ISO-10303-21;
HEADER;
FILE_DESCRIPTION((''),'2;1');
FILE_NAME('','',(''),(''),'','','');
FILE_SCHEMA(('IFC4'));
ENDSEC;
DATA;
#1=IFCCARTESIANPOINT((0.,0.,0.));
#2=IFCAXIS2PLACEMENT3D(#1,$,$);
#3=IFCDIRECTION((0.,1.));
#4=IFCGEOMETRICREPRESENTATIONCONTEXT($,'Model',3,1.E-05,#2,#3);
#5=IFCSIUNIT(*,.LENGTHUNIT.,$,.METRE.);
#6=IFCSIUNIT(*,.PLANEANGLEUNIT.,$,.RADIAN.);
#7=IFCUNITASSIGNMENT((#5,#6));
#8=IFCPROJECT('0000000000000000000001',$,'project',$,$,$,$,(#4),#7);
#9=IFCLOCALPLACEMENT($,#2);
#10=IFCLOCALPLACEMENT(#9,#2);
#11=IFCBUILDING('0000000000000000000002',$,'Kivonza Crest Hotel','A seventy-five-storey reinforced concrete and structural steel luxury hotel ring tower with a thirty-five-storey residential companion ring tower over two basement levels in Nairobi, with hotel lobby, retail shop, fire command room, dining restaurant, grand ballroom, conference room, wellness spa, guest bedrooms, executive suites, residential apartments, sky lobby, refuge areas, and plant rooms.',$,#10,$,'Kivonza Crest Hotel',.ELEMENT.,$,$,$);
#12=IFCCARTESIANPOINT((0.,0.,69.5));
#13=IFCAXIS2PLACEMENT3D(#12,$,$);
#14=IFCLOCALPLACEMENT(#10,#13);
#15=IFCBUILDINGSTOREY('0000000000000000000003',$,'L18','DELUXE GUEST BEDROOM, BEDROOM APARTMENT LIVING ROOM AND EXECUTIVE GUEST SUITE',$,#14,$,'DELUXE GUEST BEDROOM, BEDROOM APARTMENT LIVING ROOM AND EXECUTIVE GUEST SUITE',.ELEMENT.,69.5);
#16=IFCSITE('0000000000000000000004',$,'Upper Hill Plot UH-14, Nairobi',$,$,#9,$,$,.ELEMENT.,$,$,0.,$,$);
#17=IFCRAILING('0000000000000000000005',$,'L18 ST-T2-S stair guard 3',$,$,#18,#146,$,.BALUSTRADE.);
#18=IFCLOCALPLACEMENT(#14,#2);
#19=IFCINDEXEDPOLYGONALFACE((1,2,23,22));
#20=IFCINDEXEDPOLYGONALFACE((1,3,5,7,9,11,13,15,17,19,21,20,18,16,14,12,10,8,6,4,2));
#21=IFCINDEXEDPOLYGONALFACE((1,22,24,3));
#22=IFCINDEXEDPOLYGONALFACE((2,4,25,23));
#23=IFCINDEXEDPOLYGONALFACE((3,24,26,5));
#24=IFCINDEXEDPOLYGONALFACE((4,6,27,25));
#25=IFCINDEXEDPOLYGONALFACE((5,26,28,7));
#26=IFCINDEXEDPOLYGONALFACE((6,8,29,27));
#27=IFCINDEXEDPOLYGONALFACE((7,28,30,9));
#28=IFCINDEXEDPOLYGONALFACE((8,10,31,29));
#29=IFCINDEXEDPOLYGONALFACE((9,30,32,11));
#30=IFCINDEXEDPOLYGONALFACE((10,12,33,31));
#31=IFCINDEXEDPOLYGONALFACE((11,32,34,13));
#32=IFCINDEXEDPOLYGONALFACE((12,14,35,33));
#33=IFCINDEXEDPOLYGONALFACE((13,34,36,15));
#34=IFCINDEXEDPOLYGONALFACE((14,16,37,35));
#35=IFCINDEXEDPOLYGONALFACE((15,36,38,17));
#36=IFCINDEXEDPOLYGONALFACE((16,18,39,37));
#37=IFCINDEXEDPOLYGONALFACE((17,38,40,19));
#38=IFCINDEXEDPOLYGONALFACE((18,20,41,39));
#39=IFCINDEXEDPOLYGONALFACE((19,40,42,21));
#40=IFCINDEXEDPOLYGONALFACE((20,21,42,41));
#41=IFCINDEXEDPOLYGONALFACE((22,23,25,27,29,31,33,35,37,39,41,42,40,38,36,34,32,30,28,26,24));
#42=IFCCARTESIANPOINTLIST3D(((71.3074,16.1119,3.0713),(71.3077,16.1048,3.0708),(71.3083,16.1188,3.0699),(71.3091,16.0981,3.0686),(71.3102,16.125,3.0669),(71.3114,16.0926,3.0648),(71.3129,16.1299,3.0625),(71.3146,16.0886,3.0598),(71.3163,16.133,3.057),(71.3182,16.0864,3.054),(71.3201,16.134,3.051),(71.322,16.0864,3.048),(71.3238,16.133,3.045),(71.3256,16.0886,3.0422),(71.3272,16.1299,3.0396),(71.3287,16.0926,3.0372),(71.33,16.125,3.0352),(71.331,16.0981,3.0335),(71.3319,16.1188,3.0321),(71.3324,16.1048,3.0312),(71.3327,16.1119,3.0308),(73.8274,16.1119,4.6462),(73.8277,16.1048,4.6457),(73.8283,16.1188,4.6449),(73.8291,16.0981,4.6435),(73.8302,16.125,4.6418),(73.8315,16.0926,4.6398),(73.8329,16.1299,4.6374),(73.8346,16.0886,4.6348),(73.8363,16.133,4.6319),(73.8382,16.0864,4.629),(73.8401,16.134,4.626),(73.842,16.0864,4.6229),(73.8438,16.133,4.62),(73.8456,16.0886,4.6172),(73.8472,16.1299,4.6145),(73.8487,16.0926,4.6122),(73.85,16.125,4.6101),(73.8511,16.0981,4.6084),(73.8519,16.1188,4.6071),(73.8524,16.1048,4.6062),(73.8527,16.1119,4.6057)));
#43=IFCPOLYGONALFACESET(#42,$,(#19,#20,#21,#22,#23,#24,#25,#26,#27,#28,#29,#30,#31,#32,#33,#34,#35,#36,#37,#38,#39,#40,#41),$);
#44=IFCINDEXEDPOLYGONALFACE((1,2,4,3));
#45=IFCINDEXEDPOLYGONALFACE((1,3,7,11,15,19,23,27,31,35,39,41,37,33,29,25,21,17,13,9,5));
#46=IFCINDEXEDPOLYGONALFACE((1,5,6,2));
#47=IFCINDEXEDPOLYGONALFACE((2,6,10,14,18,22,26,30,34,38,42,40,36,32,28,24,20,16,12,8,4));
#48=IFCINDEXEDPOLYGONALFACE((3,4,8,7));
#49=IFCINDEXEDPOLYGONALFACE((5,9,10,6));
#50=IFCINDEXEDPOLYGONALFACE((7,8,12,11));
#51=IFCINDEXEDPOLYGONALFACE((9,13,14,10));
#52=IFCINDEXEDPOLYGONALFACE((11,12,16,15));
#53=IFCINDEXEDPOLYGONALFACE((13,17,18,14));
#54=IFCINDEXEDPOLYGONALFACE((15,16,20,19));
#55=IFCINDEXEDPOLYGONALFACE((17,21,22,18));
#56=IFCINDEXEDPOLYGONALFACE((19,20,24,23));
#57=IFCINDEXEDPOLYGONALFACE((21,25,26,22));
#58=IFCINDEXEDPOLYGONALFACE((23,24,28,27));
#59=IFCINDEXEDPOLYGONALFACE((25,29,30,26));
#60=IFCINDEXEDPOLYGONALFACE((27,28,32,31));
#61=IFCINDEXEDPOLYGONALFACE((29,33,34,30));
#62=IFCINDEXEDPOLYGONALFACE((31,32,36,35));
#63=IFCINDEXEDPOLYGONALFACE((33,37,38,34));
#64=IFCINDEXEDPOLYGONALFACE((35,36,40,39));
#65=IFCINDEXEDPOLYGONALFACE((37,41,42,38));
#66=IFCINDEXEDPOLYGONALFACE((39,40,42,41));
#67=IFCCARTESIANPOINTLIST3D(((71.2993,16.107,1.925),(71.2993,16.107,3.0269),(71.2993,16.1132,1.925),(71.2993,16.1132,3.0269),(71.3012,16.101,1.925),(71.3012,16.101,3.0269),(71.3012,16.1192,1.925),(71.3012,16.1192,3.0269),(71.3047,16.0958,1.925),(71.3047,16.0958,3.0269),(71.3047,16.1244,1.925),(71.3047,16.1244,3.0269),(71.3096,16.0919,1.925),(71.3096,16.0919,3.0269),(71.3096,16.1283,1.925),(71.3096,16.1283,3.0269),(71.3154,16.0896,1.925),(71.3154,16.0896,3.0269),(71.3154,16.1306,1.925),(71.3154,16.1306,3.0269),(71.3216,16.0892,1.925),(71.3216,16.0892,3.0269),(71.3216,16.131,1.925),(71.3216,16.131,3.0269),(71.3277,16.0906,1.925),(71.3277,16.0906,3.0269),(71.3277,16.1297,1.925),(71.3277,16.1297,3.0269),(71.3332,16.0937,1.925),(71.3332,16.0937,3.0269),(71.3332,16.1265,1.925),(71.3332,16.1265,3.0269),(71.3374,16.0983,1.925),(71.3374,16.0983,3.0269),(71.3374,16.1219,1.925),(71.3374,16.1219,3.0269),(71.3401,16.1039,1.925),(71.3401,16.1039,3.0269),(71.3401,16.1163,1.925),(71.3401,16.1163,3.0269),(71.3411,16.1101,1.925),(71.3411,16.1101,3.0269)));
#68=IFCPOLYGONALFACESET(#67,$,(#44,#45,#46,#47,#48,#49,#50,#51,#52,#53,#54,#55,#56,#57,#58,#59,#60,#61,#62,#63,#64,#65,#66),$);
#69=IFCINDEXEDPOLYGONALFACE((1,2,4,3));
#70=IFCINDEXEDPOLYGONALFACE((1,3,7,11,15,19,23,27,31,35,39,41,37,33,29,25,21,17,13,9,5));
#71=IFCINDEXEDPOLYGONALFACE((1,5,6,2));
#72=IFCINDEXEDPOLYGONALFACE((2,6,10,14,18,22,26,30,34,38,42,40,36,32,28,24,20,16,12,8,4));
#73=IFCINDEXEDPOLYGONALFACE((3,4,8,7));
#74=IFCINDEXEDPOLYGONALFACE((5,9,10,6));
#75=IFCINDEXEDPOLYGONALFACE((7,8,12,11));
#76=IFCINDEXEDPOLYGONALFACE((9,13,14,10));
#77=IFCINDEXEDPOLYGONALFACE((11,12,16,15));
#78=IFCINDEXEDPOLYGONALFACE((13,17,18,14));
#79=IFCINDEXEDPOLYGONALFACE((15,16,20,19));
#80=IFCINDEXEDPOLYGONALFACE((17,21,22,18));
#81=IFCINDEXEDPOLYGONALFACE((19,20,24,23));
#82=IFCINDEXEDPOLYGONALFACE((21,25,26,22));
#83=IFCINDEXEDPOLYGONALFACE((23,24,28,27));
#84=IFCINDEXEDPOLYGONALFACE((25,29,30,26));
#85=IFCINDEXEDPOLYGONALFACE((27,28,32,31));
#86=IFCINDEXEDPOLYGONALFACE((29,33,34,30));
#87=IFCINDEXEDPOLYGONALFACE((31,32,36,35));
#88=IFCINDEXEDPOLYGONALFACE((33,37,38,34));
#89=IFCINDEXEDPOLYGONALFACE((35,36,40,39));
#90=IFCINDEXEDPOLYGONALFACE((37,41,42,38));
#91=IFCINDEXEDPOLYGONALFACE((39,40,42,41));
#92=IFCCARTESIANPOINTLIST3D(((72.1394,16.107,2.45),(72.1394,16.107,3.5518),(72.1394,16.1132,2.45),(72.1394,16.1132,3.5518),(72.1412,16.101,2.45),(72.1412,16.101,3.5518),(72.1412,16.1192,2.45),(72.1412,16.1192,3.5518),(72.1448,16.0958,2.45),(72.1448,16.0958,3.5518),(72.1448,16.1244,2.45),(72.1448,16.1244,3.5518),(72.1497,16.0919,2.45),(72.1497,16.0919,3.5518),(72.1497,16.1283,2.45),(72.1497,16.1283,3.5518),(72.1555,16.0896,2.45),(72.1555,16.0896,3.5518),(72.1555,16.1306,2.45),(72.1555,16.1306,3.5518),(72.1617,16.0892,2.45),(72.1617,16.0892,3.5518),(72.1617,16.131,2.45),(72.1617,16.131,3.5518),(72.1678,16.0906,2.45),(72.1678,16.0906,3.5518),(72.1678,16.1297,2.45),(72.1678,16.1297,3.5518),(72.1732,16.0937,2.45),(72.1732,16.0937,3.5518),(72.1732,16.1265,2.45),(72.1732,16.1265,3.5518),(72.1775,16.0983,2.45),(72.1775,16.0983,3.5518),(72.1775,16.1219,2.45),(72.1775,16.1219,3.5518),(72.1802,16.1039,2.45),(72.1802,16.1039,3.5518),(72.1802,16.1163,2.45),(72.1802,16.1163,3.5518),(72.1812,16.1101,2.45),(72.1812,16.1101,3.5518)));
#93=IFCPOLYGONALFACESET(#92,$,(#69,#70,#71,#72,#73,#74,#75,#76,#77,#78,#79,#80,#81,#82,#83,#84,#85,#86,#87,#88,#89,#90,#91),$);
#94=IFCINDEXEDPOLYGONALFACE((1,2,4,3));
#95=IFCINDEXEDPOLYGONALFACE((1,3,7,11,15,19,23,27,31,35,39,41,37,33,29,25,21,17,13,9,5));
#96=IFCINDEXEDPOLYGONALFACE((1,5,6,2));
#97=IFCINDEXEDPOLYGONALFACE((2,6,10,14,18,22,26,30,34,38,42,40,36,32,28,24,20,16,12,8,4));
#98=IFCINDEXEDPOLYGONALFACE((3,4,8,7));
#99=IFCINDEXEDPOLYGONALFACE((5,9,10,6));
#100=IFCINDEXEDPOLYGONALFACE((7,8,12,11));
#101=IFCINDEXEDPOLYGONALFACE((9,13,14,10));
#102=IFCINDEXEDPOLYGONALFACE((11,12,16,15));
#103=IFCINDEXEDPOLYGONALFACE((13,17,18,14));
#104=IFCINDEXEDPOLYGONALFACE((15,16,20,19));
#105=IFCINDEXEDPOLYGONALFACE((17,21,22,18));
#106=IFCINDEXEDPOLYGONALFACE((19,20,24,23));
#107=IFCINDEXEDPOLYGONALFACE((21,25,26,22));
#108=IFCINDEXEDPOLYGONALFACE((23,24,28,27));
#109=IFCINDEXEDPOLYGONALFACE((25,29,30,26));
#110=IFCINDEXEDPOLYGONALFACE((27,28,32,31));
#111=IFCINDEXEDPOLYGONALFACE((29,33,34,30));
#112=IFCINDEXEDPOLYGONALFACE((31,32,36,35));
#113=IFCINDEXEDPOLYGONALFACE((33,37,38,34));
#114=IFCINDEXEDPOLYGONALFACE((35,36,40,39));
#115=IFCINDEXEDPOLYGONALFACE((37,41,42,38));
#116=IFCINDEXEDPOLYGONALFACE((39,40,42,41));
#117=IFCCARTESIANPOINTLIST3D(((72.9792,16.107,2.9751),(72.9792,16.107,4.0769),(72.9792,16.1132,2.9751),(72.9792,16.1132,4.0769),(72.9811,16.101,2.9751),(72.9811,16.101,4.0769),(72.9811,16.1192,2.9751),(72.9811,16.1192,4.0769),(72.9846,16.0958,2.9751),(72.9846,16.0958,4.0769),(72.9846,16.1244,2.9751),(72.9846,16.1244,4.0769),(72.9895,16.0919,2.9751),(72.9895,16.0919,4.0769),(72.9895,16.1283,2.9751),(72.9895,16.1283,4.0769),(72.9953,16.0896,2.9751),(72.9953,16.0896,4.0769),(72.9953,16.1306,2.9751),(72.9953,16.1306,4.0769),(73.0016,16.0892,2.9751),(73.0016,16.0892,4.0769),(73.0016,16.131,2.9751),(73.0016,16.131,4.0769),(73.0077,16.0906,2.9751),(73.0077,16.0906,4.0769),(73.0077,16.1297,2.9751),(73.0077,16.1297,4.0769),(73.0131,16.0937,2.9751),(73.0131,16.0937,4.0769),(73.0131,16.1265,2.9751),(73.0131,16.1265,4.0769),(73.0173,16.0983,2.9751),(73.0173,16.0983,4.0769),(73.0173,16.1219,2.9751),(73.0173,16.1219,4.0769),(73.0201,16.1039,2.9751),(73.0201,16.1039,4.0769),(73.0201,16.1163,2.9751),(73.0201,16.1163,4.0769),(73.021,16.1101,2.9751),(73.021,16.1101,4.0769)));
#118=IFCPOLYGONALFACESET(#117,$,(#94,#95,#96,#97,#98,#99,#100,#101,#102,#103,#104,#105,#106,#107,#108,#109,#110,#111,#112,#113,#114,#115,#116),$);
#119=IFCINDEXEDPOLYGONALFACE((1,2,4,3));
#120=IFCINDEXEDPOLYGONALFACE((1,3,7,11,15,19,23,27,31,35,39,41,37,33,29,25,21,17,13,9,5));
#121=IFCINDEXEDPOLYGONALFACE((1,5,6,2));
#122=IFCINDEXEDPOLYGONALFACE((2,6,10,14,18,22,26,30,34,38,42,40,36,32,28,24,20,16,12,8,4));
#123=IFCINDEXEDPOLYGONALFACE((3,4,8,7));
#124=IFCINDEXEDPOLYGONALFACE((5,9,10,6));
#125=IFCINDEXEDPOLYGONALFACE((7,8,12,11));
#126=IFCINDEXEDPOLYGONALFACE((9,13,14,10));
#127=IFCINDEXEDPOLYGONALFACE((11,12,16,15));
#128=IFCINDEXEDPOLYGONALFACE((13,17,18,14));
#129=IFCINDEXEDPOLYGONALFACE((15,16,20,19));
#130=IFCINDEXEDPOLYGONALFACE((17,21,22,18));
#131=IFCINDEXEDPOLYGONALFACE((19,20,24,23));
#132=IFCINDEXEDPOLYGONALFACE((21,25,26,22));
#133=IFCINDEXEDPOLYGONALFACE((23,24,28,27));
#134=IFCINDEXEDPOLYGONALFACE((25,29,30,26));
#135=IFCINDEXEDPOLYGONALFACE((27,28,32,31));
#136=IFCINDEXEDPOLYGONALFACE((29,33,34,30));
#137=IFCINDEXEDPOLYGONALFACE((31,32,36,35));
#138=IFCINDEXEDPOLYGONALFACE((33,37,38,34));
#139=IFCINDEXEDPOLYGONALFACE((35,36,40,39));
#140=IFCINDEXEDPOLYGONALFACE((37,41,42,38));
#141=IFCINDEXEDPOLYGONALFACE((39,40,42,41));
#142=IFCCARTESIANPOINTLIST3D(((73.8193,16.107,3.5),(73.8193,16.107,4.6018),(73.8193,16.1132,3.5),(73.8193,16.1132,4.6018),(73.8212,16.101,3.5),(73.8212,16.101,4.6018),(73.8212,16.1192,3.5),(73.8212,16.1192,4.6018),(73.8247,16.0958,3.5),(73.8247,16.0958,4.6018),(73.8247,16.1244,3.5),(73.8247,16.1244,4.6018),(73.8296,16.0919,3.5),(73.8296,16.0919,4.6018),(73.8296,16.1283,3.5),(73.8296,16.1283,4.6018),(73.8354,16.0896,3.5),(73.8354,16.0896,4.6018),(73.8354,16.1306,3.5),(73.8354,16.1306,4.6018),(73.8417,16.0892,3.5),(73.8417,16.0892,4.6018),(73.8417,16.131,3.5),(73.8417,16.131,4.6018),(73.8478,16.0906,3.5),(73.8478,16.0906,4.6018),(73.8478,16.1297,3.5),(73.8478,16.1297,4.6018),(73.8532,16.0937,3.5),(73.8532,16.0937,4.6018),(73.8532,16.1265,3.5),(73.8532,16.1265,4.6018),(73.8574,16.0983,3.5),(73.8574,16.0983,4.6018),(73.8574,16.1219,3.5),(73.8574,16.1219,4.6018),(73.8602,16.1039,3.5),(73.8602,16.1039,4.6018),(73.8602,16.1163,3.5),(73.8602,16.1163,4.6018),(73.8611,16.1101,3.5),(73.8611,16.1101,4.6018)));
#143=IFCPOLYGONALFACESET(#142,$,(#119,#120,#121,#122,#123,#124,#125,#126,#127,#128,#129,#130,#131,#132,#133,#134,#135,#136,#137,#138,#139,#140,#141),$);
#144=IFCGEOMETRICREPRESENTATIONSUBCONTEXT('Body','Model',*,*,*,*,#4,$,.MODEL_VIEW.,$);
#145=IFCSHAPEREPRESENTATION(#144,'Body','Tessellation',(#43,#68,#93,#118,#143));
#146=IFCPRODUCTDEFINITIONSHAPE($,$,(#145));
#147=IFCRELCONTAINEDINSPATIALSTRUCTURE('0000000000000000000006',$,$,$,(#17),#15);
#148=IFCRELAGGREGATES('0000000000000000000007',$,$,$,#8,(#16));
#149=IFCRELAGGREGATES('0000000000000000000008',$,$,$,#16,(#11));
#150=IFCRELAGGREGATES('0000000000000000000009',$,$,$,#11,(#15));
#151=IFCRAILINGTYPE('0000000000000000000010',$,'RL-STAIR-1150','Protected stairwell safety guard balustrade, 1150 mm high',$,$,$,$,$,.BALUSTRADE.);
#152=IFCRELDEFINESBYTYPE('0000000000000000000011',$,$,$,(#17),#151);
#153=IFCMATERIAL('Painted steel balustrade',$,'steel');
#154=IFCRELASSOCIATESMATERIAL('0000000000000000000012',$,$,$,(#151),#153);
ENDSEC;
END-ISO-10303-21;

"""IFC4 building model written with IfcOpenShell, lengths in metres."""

from ifc_helpers import new_model, si_unit, direction, frame, origin, origin_2d, place, context, subcontext, project, spatial, circle, extrude, material, type_object, element, save


model = new_model("IFC4")

# Units and contexts
model_context = context("Model", 3, precision=1e-05, world=origin(), true_north=direction((0.0, 1.0)))
body_context = subcontext(model_context, "Body", "Model", "MODEL_VIEW")
ifc_project = project(units=[si_unit("LENGTHUNIT", "METRE"), si_unit("PLANEANGLEUNIT", "RADIAN")], contexts=[model_context])

# Site, building, storey
site_placement = place(None, origin())
site = spatial("IfcSite", under=ifc_project, at=site_placement, Name="Upper Hill Plot UH-14, Nairobi", CompositionType="ELEMENT", RefElevation=0.0)
building_placement = place(site_placement, origin())
building = spatial("IfcBuilding", under=site, at=building_placement, Name="Kivonza Crest Hotel", Description="A seventy-five-storey reinforced concrete and structural steel luxury hotel ring tower with a thirty-five-storey residential companion ring tower over two basement levels in Nairobi, with hotel lobby, retail shop, fire command room, dining restaurant, grand ballroom, conference room, wellness spa, guest bedrooms, executive suites, residential apartments, sky lobby, refuge areas, and plant rooms.", LongName="Kivonza Crest Hotel", CompositionType="ELEMENT")
storey_placement = place(building_placement, frame((0.0, 0.0, 69.5)))
storey = spatial("IfcBuildingStorey", under=building, at=storey_placement, Name="L18", Description="DELUXE GUEST BEDROOM, BEDROOM APARTMENT LIVING ROOM AND EXECUTIVE GUEST SUITE", LongName="DELUXE GUEST BEDROOM, BEDROOM APARTMENT LIVING ROOM AND EXECUTIVE GUEST SUITE", CompositionType="ELEMENT", Elevation=69.5)

# Railing
ifc_material_1 = material(Name="Painted steel balustrade", Category="steel")
railing_type_1 = type_object("IfcRailingType", Name="RL-STAIR-1150", Description="Protected stairwell safety guard balustrade, 1150 mm high", PredefinedType="BALUSTRADE", material=ifc_material_1)
railing_1_placement = place(storey_placement, frame((71.3201, 16.1101, 1.925)))
element("IfcRailing", 1, at=railing_1_placement, inside=storey, type_object=railing_type_1, Name="L18 ST-T2-S stair guard 3", PredefinedType="BALUSTRADE", context=body_context, shape_type="SweptSolid", body=[
    extrude(circle(Radius=0.0239, at=origin_2d()), frame((0.0, 0.0, 1.126), z_axis=(0.848008, 0.0, 0.529984), x_axis=(0.0, 1.0, 0.0)), (0.0, 0.0, 1.0), 2.9717),
    extrude(circle(Radius=0.021, at=origin_2d()), origin(), (0.0, 0.0, 1.0), 1.1018),
    extrude(circle(Radius=0.021, at=origin_2d()), frame((0.8401, 0.0, 0.5249)), (0.0, 0.0, 1.0), 1.1018),
    extrude(circle(Radius=0.021, at=origin_2d()), frame((1.6799, 0.0, 1.05)), (0.0, 0.0, 1.0), 1.1018),
    extrude(circle(Radius=0.021, at=origin_2d()), frame((2.52, 0.0, 1.575)), (0.0, 0.0, 1.0), 1.1018),
])

save(model, "model.ifc")
